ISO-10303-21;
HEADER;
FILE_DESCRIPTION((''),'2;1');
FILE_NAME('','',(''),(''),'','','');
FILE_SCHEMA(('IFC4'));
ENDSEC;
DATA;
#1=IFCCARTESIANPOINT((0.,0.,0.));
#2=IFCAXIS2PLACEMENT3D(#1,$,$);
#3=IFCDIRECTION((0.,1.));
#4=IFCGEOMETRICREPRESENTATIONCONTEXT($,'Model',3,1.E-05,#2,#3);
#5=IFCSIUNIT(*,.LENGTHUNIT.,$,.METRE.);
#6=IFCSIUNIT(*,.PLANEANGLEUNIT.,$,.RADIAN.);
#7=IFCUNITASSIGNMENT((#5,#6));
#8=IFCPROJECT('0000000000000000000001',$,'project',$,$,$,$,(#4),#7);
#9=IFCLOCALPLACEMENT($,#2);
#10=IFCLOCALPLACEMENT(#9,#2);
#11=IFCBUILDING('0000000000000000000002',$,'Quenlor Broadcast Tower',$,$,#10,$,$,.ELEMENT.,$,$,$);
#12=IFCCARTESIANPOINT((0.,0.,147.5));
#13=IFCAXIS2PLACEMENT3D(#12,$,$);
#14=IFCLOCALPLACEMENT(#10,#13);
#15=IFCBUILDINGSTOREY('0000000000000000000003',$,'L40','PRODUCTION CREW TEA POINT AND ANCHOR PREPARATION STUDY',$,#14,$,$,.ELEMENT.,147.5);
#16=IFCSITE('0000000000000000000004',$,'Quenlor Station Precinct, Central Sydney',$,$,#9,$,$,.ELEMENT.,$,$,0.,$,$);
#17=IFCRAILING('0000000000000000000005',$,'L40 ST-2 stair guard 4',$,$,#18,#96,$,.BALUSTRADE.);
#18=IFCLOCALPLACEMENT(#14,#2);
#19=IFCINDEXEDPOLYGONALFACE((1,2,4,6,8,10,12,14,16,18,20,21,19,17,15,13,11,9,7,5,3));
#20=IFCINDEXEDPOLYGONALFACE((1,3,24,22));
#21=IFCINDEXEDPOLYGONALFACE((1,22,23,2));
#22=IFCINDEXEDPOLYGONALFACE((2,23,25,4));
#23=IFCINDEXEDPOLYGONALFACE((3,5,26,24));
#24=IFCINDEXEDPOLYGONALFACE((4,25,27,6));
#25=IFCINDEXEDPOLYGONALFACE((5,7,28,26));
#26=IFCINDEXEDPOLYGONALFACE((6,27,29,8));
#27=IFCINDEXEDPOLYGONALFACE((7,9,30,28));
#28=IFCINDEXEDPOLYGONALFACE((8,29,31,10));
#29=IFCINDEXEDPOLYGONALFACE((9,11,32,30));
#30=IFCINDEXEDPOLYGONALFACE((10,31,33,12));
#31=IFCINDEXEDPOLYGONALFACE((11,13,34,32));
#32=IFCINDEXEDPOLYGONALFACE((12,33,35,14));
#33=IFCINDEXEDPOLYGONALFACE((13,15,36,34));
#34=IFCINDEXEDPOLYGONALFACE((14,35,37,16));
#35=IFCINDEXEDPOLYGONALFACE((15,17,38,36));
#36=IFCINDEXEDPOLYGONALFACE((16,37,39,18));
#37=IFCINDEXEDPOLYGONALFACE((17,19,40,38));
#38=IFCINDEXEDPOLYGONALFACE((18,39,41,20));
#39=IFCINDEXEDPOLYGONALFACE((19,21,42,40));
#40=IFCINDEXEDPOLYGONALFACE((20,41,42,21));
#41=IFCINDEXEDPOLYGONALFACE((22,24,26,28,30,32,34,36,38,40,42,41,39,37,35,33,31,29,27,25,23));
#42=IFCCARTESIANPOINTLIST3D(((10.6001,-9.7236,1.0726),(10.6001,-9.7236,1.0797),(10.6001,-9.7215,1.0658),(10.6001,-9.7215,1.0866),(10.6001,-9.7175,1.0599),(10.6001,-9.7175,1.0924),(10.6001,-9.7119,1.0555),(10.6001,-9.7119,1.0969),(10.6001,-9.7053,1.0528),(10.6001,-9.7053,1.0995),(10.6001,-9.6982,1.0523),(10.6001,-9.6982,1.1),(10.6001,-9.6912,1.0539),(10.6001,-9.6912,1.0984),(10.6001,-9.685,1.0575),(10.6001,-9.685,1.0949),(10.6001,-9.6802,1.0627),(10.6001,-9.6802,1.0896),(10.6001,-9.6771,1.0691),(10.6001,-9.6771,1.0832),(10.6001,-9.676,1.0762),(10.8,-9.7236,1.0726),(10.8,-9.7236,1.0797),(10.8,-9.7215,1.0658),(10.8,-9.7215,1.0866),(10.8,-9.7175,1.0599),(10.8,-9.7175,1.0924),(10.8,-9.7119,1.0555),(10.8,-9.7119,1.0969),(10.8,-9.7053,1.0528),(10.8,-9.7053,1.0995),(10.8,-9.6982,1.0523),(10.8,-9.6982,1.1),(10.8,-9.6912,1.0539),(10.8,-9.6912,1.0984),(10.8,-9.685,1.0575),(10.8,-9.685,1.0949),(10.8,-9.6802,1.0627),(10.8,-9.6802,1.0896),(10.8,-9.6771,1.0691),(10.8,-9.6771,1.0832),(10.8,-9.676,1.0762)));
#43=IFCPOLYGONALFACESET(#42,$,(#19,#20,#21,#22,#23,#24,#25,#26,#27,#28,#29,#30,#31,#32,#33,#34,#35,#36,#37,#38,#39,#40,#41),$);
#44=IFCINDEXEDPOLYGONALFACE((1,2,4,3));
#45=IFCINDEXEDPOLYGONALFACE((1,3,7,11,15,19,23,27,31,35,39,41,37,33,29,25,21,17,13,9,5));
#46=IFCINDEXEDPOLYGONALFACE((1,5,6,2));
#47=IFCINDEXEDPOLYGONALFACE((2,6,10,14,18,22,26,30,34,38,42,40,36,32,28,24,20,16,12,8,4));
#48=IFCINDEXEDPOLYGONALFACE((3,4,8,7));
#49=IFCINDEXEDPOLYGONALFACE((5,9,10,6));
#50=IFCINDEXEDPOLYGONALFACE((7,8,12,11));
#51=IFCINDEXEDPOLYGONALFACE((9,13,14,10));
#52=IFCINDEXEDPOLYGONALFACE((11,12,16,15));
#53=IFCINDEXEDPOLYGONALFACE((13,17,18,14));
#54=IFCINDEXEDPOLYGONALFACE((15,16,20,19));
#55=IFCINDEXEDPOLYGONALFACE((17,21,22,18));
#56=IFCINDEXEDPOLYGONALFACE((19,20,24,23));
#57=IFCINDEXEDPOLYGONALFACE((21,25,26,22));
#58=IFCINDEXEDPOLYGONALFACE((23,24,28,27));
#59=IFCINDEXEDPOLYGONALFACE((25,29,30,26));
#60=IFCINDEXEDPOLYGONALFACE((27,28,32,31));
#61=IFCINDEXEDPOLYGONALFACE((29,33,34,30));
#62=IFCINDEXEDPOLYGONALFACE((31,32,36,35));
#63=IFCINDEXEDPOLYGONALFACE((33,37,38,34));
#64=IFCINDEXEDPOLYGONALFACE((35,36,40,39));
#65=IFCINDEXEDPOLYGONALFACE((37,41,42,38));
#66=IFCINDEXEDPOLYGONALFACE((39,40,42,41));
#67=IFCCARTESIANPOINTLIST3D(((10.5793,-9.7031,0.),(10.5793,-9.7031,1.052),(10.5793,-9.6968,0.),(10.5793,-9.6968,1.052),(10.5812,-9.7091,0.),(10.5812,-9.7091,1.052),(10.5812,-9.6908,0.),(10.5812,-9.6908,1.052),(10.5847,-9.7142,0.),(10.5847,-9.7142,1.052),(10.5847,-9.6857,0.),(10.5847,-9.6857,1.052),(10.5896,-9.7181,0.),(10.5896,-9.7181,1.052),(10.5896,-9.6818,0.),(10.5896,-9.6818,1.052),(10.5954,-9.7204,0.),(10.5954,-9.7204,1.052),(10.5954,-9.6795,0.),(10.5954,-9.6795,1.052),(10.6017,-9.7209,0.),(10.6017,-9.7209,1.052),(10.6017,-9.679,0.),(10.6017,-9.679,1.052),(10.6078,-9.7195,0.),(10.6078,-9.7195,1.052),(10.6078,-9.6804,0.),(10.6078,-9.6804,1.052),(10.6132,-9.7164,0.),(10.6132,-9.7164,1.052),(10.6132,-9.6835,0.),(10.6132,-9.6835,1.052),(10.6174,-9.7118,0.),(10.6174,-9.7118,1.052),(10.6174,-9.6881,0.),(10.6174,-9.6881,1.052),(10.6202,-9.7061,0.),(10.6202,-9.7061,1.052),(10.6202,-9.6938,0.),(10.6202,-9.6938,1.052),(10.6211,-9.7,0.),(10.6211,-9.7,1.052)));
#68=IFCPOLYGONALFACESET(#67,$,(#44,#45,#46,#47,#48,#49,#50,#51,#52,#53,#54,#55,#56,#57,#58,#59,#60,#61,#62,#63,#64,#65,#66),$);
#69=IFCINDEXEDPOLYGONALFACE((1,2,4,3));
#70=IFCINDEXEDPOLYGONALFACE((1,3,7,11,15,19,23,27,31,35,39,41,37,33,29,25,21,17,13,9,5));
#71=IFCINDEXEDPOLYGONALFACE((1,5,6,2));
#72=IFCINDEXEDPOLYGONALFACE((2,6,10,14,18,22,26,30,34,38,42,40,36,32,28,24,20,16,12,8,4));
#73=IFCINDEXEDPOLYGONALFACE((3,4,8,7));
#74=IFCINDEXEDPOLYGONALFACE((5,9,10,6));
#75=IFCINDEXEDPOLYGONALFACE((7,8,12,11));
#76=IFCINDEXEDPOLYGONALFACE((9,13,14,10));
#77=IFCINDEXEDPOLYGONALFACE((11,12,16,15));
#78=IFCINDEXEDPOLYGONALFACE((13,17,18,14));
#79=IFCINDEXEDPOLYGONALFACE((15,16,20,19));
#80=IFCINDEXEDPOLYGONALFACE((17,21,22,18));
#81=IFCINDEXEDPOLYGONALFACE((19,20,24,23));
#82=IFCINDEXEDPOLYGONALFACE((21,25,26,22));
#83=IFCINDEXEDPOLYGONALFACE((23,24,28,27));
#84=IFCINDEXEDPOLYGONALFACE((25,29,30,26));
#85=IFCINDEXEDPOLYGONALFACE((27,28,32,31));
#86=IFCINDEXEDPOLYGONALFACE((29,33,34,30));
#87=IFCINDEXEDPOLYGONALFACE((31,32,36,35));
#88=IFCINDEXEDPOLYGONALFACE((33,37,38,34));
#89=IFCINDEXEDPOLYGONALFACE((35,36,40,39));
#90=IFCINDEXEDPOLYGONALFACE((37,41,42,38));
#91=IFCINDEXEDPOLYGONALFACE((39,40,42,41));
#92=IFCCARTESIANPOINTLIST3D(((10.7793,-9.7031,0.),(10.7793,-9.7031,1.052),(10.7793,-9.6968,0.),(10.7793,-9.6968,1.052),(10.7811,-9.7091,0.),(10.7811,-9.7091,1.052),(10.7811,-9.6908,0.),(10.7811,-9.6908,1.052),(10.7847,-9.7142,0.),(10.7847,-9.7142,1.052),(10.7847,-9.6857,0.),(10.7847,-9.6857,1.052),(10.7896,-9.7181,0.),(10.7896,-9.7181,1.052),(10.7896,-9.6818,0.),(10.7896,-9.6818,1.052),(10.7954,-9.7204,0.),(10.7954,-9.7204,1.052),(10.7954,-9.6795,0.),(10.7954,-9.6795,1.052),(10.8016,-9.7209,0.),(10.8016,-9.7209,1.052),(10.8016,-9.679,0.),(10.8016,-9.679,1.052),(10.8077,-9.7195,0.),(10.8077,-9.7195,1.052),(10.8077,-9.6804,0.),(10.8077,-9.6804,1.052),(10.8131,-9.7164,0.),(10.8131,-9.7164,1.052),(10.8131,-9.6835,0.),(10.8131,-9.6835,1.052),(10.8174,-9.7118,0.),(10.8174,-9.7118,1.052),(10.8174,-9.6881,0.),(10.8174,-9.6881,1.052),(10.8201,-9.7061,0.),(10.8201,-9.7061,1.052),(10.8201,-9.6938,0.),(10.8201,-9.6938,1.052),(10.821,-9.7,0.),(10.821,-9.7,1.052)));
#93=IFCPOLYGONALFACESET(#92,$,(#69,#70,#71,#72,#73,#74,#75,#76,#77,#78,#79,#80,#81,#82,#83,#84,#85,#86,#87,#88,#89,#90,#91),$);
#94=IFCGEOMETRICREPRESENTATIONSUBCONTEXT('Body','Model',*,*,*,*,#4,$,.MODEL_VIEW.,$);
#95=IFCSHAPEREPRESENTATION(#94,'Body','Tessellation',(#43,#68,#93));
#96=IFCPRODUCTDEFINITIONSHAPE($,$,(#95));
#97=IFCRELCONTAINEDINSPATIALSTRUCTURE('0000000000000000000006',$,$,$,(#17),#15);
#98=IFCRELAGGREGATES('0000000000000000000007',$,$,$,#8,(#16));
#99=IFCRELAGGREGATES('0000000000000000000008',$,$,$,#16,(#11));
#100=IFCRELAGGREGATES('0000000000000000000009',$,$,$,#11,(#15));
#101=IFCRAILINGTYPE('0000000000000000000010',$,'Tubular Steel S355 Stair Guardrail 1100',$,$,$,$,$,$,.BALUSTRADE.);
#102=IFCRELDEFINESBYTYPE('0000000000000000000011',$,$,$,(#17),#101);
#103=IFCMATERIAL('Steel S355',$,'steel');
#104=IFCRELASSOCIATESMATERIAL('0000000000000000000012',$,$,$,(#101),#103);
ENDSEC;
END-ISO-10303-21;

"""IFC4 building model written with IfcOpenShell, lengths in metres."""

from ifc_helpers import new_model, si_unit, direction, frame, origin, origin_2d, place, context, subcontext, project, spatial, circle, extrude, material, type_object, element, save


model = new_model("IFC4")

# Units and contexts
model_context = context("Model", 3, precision=1e-05, world=origin(), true_north=direction((0.0, 1.0)))
body_context = subcontext(model_context, "Body", "Model", "MODEL_VIEW")
ifc_project = project(units=[si_unit("LENGTHUNIT", "METRE"), si_unit("PLANEANGLEUNIT", "RADIAN")], contexts=[model_context])

# Site, building, storey
site_placement = place(None, origin())
site = spatial("IfcSite", under=ifc_project, at=site_placement, Name="Quenlor Station Precinct, Central Sydney", CompositionType="ELEMENT", RefElevation=0.0)
building_placement = place(site_placement, origin())
building = spatial("IfcBuilding", under=site, at=building_placement, Name="Quenlor Broadcast Tower", CompositionType="ELEMENT")
storey_placement = place(building_placement, frame((0.0, 0.0, 147.5)))
storey = spatial("IfcBuildingStorey", under=building, at=storey_placement, Name="L40", Description="PRODUCTION CREW TEA POINT AND ANCHOR PREPARATION STUDY", CompositionType="ELEMENT", Elevation=147.5)

# Railing
ifc_material_1 = material(Name="Steel S355", Category="steel")
railing_type_1 = type_object("IfcRailingType", Name="Tubular Steel S355 Stair Guardrail 1100", PredefinedType="BALUSTRADE", material=ifc_material_1)
railing_1_placement = place(storey_placement, frame((10.6001, -9.7, 0.0)))
element("IfcRailing", 1, at=railing_1_placement, inside=storey, type_object=railing_type_1, Name="L40 ST-2 stair guard 4", PredefinedType="BALUSTRADE", context=body_context, shape_type="SweptSolid", body=[
    extrude(circle(Radius=0.0239, at=origin_2d()), frame((0.0, 0.0, 1.0762), z_axis=(1.0, 0.0, 0.0), x_axis=(0.0, 1.0, 0.0)), (0.0, 0.0, 1.0), 0.2),
    extrude(circle(Radius=0.021, at=origin_2d()), origin(), (0.0, 0.0, 1.0), 1.052),
    extrude(circle(Radius=0.021, at=origin_2d()), frame((0.2, 0.0, 0.0)), (0.0, 0.0, 1.0), 1.052),
])

save(model, "model.ifc")
